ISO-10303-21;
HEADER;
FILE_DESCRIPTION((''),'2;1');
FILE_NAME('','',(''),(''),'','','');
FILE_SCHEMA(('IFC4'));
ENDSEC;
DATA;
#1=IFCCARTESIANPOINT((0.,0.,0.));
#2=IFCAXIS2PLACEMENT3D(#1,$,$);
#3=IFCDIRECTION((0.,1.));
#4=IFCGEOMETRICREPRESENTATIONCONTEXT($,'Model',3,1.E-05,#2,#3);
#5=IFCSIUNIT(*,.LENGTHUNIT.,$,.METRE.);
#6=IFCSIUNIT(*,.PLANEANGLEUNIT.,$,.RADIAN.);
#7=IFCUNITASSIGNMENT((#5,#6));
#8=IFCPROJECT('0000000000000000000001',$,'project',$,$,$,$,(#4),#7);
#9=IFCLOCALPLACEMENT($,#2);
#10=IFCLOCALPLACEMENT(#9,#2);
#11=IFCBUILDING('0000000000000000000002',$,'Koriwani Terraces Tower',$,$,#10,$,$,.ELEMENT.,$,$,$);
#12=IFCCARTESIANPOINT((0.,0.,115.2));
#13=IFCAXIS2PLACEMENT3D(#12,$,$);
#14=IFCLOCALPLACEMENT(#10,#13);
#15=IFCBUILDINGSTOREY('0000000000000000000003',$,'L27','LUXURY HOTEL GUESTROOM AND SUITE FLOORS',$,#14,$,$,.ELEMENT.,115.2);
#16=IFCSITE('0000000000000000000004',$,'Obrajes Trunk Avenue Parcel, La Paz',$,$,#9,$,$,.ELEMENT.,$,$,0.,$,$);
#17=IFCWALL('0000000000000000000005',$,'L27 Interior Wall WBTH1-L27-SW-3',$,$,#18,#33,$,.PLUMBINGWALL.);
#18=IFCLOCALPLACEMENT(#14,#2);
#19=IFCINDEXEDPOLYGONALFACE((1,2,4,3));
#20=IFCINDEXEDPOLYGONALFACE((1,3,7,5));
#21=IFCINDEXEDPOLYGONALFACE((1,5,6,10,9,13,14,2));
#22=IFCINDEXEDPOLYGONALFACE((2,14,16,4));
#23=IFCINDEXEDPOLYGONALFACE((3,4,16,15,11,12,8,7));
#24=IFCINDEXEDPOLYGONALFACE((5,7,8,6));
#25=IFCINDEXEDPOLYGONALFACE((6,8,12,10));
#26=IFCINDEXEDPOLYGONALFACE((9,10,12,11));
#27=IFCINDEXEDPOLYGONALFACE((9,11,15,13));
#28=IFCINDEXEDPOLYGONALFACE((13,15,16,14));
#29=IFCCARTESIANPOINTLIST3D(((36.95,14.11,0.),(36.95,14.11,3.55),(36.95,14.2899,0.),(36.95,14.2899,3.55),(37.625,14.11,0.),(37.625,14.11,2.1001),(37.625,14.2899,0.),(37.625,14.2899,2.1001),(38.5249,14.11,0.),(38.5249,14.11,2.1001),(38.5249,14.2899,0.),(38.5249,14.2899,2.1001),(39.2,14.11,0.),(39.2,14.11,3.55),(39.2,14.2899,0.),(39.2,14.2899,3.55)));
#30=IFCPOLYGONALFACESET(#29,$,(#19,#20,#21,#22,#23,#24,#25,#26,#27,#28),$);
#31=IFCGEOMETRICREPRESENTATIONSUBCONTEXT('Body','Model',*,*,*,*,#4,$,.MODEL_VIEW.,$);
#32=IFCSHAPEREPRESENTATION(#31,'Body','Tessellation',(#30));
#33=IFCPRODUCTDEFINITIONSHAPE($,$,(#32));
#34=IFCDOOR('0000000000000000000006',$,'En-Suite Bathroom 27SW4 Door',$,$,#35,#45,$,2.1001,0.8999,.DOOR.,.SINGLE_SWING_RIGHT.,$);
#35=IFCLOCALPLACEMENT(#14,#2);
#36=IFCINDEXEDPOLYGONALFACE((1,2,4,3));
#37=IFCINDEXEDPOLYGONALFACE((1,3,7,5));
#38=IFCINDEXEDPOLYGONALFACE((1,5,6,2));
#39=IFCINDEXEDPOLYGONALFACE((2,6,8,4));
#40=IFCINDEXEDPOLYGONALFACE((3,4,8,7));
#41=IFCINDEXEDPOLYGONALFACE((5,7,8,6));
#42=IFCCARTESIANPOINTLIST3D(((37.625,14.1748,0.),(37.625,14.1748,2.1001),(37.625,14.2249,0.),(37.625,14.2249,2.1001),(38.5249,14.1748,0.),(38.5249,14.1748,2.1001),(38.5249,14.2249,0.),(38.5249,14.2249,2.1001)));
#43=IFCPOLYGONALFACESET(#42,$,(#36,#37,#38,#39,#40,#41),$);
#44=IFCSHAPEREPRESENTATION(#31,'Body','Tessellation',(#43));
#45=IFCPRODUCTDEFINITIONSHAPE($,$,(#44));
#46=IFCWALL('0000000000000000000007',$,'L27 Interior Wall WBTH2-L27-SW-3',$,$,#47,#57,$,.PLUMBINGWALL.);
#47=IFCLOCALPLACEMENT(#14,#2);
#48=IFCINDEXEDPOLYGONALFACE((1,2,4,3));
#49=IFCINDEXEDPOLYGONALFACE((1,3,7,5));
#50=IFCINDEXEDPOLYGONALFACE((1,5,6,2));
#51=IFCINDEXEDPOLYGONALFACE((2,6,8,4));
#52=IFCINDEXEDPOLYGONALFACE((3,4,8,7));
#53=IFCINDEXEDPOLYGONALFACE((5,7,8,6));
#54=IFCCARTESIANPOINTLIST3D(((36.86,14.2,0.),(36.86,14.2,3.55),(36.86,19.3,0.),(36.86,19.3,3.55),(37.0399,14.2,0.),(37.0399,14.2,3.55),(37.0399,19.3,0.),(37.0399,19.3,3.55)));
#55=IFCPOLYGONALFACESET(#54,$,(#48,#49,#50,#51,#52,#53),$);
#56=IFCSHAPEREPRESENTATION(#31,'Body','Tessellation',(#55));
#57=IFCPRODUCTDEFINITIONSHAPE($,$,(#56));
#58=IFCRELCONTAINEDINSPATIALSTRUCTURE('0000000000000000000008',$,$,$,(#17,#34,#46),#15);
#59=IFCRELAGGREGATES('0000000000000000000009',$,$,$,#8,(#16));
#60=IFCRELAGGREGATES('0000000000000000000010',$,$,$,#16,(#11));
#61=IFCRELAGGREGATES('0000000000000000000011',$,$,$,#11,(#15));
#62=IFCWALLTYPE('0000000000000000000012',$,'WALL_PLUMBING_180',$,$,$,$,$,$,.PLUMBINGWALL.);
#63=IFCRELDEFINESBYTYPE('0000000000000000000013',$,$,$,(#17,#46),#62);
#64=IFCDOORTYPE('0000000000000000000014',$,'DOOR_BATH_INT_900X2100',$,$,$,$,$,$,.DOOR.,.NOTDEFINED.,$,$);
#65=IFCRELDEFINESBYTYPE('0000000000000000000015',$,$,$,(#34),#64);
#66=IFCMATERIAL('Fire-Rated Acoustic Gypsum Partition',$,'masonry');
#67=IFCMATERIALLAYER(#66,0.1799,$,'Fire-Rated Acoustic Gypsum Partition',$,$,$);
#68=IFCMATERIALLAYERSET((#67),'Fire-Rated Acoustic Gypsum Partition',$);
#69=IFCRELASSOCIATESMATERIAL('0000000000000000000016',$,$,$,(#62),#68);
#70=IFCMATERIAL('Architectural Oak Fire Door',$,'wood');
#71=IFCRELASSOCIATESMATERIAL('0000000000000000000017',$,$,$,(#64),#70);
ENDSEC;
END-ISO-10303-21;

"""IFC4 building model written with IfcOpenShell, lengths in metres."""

from ifc_helpers import new_model, si_unit, direction, frame, frame_2d, origin, place, context, subcontext, project, spatial, rectangle, extrude, material, layer, layer_set, type_object, element, fill, save


model = new_model("IFC4")

# Units and contexts
model_context = context("Model", 3, precision=1e-05, world=origin(), true_north=direction((0.0, 1.0)))
body_context = subcontext(model_context, "Body", "Model", "MODEL_VIEW")
ifc_project = project(units=[si_unit("LENGTHUNIT", "METRE"), si_unit("PLANEANGLEUNIT", "RADIAN")], contexts=[model_context])

# Site, building, storey
site_placement = place(None, origin())
site = spatial("IfcSite", under=ifc_project, at=site_placement, Name="Obrajes Trunk Avenue Parcel, La Paz", CompositionType="ELEMENT", RefElevation=0.0)
building_placement = place(site_placement, origin())
building = spatial("IfcBuilding", under=site, at=building_placement, Name="Koriwani Terraces Tower", CompositionType="ELEMENT")
storey_placement = place(building_placement, frame((0.0, 0.0, 115.2)))
storey = spatial("IfcBuildingStorey", under=building, at=storey_placement, Name="L27", Description="LUXURY HOTEL GUESTROOM AND SUITE FLOORS", CompositionType="ELEMENT", Elevation=115.2)

# Shared definitions
ifc_material_1 = material(Name="Fire-Rated Acoustic Gypsum Partition", Category="masonry")
ifc_layer_1 = layer(ifc_material_1, 0.1799, Name="Fire-Rated Acoustic Gypsum Partition")
ifc_layer_set_1 = layer_set([ifc_layer_1], Name="Fire-Rated Acoustic Gypsum Partition")
wall_type_1 = type_object("IfcWallType", Name="WALL_PLUMBING_180", PredefinedType="PLUMBINGWALL", material=ifc_layer_set_1)
ifc_material_2 = material(Name="Architectural Oak Fire Door", Category="wood")
door_type = type_object("IfcDoorType", Name="DOOR_BATH_INT_900X2100", OperationType="NOTDEFINED", PredefinedType="DOOR", material=ifc_material_2)

# Wall, opening, door
wall_1_placement = place(storey_placement, frame((36.95, 14.2, 0.0), z_axis=(0.0, 0.0, 1.0), x_axis=(1.0, 0.0, 0.0)))
wall_1 = element("IfcWall", 1, at=wall_1_placement, inside=storey, type_object=wall_type_1, Name="L27 Interior Wall WBTH1-L27-SW-3", PredefinedType="PLUMBINGWALL", context=body_context, shape_type="SweptSolid", body=[
    extrude(rectangle(XDim=2.25, YDim=0.1799, at=frame_2d((1.125, 0.0))), origin(), (0.0, 0.0, 1.0), 3.55),
])
opening_1_placement = place(wall_1_placement, frame((0.675, 0.0, 0.0)))
opening_1 = element("IfcOpeningElement", 2, at=opening_1_placement, cuts=wall_1, PredefinedType="OPENING", context=body_context, shape_type="SweptSolid", body=[
    extrude(rectangle(XDim=0.8999, YDim=2.1001, at=frame_2d((0.45, 1.05))), frame((0.0, 0.1001, 0.0), z_axis=(0.0, -1.0, 0.0), x_axis=(1.0, 0.0, 0.0)), (0.0, 0.0, 1.0), 0.2),
])
door_1_placement = place(opening_1_placement, origin())
door_1 = element("IfcDoor", 3, at=door_1_placement, inside=storey, type_object=door_type, Name="En-Suite Bathroom 27SW4 Door", OperationType="SINGLE_SWING_RIGHT", OverallHeight=2.1001, OverallWidth=0.8999, PredefinedType="DOOR", context=body_context, shape_type="SweptSolid", body=[
    extrude(rectangle(XDim=0.8999, YDim=2.1001, at=frame_2d((0.45, 1.05))), frame((0.0, 0.0249, 0.0), z_axis=(0.0, -1.0, 0.0), x_axis=(1.0, 0.0, 0.0)), (0.0, 0.0, 1.0), 0.05),
])
fill(opening_1, door_1)

# Wall
wall_2_placement = place(storey_placement, frame((36.95, 14.2, 0.0), z_axis=(0.0, 0.0, 1.0), x_axis=(0.0, 1.0, 0.0)))
element("IfcWall", 4, at=wall_2_placement, inside=storey, type_object=wall_type_1, Name="L27 Interior Wall WBTH2-L27-SW-3", PredefinedType="PLUMBINGWALL", context=body_context, shape_type="SweptSolid", body=[
    extrude(rectangle(XDim=5.1001, YDim=0.1799, at=frame_2d((2.55, 0.0))), origin(), (0.0, 0.0, 1.0), 3.55),
])

save(model, "model.ifc")
